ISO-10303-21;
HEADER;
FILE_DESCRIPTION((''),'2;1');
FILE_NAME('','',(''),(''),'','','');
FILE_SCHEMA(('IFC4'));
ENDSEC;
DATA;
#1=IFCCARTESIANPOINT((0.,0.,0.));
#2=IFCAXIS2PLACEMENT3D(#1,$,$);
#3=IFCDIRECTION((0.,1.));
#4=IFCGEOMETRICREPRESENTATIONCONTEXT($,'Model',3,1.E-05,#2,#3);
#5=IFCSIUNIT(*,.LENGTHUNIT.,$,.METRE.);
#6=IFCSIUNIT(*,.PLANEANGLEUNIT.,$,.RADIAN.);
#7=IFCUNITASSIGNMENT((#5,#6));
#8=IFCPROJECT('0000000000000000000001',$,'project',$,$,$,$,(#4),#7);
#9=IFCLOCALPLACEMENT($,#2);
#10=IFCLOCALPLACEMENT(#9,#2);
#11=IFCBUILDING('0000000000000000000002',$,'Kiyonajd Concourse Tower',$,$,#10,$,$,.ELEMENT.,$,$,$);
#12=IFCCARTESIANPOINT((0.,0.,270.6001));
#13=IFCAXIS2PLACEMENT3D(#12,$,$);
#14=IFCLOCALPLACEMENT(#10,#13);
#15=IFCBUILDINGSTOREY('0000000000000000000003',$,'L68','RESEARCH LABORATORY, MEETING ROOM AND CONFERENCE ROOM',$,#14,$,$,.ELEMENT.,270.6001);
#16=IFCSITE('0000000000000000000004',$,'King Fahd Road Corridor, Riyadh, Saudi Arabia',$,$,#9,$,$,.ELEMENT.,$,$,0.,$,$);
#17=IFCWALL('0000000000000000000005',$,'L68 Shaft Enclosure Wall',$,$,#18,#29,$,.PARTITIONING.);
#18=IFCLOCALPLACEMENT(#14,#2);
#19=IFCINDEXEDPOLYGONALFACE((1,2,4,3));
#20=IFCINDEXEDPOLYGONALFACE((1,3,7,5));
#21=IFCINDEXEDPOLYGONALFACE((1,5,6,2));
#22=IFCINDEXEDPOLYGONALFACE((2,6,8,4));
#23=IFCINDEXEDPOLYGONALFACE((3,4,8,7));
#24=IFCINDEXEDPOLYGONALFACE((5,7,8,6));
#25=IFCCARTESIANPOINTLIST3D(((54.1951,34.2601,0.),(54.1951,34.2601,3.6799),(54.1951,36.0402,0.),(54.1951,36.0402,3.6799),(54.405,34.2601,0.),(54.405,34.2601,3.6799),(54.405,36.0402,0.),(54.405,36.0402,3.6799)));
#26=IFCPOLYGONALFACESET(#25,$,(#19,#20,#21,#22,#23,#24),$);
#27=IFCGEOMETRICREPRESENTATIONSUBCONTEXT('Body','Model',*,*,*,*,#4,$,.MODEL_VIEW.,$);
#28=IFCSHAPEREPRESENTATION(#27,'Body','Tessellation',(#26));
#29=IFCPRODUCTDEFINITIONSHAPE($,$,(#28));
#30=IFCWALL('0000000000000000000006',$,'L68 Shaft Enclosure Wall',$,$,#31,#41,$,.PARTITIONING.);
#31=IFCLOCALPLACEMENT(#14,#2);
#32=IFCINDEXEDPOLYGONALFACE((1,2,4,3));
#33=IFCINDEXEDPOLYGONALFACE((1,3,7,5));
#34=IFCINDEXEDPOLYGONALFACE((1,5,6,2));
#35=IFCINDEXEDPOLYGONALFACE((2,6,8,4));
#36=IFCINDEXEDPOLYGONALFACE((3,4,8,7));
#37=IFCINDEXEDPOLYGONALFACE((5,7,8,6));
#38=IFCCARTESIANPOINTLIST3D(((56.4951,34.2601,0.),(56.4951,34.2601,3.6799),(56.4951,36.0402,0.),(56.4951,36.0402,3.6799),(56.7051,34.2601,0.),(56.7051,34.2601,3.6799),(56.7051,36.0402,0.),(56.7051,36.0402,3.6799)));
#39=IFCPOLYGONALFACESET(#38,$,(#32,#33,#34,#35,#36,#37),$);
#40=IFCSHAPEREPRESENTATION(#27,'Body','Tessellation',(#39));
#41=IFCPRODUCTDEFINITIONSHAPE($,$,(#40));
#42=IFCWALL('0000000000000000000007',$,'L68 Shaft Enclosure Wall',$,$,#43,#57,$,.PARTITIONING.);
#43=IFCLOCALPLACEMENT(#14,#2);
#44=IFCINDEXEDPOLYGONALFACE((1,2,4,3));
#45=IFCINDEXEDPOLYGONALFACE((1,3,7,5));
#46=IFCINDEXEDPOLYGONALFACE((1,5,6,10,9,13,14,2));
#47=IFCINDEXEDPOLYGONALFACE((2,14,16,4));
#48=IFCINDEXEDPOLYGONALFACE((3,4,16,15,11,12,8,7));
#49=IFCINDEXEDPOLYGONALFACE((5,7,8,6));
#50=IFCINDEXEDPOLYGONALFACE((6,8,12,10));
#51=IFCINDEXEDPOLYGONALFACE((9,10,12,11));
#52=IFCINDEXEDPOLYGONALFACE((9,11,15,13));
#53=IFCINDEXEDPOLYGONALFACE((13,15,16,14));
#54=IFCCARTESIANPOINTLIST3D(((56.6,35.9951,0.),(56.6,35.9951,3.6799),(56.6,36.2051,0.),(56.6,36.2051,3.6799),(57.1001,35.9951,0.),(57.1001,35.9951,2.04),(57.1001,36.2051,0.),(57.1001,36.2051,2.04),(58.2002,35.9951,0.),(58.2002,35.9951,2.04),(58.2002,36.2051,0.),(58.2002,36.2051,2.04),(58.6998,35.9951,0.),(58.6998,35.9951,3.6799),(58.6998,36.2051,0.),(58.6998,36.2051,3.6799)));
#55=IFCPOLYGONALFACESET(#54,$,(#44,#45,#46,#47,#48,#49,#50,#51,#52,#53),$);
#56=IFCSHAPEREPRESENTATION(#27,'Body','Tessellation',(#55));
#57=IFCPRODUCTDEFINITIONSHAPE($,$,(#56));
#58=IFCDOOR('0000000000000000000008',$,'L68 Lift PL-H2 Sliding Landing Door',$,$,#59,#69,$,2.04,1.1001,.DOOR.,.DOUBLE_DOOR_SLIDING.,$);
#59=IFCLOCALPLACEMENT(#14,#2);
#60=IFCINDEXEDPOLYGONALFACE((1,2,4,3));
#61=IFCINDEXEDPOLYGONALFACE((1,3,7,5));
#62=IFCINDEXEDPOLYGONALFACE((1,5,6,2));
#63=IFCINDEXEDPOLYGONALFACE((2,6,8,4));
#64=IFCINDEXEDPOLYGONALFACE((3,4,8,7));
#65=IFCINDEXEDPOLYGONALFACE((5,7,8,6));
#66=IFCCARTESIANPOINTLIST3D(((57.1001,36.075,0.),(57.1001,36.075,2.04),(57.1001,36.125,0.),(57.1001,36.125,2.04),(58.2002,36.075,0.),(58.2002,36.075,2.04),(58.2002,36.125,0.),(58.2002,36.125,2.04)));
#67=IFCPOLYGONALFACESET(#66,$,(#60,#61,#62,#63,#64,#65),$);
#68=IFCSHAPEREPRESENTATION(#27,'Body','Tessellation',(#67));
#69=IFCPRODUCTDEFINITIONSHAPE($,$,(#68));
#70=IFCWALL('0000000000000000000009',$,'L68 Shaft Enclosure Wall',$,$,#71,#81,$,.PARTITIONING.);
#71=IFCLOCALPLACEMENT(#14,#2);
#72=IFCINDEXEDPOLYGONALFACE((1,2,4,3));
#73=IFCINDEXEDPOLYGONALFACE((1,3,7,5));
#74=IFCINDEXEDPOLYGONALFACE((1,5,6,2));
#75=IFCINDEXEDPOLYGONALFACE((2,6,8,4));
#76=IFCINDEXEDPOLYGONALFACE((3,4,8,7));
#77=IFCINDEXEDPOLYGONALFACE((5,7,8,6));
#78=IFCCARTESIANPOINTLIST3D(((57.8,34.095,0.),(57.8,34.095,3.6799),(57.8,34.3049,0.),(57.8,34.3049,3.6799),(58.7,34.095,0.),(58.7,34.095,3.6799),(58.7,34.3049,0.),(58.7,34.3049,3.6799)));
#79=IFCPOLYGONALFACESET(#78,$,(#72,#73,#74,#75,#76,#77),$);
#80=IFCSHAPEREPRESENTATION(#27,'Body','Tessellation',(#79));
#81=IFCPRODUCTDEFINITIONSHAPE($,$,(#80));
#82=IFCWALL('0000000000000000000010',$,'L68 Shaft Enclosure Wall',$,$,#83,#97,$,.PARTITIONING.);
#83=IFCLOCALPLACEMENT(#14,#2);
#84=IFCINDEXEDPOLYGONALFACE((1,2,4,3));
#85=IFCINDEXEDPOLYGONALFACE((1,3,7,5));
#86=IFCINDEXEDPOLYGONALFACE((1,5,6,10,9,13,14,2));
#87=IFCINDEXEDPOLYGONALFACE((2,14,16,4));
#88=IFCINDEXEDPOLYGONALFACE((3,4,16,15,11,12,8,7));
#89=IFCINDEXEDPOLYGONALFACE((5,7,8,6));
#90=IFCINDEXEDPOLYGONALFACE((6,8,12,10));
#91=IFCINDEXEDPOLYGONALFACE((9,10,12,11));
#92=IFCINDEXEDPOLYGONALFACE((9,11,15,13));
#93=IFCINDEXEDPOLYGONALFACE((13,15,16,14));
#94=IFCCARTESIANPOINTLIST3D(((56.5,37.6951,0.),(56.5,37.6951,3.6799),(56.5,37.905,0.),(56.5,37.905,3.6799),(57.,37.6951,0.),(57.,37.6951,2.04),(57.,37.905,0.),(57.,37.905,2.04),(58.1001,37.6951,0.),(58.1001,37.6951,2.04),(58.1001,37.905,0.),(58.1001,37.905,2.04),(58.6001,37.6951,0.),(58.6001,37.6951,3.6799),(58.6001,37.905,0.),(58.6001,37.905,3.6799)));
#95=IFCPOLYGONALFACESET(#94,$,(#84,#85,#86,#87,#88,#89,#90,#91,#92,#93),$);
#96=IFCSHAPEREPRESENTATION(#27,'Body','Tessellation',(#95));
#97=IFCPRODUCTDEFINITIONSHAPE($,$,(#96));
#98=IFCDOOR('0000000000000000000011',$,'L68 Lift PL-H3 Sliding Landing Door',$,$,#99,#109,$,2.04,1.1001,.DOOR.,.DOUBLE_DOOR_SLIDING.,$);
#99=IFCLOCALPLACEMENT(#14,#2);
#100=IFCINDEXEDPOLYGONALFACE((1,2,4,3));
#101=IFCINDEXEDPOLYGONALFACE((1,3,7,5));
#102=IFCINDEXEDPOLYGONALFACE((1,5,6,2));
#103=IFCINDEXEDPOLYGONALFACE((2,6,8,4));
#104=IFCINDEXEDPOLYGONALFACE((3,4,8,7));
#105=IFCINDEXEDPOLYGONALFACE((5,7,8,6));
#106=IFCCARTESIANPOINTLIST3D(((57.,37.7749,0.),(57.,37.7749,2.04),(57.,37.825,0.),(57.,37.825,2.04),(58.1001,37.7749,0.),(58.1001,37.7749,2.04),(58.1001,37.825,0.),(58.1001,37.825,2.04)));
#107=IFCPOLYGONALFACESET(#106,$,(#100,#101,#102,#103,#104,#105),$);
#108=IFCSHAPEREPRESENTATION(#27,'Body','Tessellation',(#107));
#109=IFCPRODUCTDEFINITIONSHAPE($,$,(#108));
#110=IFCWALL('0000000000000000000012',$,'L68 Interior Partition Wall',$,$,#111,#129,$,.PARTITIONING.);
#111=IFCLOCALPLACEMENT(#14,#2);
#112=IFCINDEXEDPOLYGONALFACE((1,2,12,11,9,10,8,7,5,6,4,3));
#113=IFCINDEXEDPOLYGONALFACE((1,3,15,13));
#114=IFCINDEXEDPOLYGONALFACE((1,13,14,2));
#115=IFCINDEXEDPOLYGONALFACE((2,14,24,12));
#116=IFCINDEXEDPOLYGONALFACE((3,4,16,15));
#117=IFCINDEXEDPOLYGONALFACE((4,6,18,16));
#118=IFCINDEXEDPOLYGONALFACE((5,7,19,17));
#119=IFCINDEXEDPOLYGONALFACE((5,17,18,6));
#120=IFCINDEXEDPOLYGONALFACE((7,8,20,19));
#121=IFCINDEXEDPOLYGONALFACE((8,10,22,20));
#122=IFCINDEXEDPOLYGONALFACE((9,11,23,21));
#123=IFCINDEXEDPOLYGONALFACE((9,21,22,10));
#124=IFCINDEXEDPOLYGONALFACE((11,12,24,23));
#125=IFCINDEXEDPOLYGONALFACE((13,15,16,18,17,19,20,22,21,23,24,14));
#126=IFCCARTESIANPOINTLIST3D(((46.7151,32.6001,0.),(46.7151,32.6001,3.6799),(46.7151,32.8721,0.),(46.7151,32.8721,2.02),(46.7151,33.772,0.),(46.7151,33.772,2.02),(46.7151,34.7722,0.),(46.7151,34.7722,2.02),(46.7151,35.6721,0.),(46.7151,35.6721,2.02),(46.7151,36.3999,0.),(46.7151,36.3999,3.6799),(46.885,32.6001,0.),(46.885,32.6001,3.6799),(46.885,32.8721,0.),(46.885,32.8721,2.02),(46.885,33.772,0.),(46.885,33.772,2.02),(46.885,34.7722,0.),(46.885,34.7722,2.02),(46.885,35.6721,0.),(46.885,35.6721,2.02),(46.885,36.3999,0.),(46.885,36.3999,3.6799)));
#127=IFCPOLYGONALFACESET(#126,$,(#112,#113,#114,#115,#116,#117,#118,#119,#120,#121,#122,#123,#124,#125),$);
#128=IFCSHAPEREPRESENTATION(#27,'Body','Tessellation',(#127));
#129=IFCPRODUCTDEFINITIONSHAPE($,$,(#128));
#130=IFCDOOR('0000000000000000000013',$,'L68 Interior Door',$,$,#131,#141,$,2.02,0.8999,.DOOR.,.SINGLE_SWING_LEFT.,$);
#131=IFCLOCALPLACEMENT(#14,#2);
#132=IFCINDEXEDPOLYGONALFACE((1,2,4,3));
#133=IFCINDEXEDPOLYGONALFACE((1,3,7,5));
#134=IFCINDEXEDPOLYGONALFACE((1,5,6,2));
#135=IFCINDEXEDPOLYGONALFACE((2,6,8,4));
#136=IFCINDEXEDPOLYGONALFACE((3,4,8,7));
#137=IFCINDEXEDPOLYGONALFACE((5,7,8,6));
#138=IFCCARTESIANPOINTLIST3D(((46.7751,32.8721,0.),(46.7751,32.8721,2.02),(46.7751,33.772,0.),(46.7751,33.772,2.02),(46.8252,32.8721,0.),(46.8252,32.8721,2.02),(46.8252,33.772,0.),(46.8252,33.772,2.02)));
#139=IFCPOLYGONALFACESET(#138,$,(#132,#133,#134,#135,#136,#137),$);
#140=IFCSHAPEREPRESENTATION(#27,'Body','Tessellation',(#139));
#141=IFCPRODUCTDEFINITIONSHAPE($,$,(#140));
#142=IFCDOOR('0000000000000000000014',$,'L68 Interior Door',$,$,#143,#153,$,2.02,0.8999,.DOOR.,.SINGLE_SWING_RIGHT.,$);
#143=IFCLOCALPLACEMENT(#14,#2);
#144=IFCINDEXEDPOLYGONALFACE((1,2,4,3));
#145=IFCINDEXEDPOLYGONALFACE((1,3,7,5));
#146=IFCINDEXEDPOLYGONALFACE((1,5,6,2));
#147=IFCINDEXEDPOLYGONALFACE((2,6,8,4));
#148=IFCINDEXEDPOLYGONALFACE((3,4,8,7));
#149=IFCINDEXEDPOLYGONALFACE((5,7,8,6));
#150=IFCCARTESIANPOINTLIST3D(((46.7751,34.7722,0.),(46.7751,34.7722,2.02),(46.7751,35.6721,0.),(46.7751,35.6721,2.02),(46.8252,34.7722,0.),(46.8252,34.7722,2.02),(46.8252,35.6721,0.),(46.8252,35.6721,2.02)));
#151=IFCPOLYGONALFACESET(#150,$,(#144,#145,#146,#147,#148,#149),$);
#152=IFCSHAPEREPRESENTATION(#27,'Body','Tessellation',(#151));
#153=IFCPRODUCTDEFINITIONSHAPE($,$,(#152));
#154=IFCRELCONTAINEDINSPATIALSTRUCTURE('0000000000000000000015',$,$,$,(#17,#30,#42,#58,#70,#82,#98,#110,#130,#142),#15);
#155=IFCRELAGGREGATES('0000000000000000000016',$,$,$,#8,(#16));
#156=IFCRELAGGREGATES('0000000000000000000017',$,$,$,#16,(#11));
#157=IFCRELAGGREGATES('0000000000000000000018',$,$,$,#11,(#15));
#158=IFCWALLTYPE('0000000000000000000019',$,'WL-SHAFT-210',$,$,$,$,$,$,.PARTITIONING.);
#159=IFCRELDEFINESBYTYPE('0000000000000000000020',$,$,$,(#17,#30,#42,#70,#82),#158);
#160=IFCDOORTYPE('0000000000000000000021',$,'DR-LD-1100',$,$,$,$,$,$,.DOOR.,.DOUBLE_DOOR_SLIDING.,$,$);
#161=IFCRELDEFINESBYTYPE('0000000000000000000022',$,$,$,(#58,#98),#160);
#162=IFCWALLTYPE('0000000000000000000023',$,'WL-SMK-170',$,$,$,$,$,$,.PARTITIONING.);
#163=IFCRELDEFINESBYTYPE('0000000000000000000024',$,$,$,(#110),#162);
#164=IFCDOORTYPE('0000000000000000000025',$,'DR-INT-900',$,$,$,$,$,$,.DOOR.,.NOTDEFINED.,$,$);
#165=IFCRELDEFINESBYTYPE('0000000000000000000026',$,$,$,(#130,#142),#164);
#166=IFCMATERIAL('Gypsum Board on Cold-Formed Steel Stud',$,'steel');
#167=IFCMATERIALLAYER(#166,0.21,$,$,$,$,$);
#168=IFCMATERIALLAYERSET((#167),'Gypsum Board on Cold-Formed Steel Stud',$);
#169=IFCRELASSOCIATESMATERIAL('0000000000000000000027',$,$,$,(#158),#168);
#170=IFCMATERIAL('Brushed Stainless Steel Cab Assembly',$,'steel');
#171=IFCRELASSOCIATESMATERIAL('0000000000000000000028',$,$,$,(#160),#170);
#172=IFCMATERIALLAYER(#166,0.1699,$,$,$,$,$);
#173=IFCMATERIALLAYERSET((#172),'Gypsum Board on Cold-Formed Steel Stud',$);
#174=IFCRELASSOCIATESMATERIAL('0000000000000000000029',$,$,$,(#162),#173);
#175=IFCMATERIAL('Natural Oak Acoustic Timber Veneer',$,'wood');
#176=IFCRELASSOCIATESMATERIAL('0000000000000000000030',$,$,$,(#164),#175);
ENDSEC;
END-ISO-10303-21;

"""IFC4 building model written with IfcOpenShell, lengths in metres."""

from ifc_helpers import new_model, si_unit, direction, frame, frame_2d, origin, place, context, subcontext, project, spatial, rectangle, extrude, material, layer, layer_set, type_object, element, fill, save


model = new_model("IFC4")

# Units and contexts
model_context = context("Model", 3, precision=1e-05, world=origin(), true_north=direction((0.0, 1.0)))
body_context = subcontext(model_context, "Body", "Model", "MODEL_VIEW")
ifc_project = project(units=[si_unit("LENGTHUNIT", "METRE"), si_unit("PLANEANGLEUNIT", "RADIAN")], contexts=[model_context])

# Site, building, storey
site_placement = place(None, origin())
site = spatial("IfcSite", under=ifc_project, at=site_placement, Name="King Fahd Road Corridor, Riyadh, Saudi Arabia", CompositionType="ELEMENT", RefElevation=0.0)
building_placement = place(site_placement, origin())
building = spatial("IfcBuilding", under=site, at=building_placement, Name="Kiyonajd Concourse Tower", CompositionType="ELEMENT")
storey_placement = place(building_placement, frame((0.0, 0.0, 270.6001)))
storey = spatial("IfcBuildingStorey", under=building, at=storey_placement, Name="L68", Description="RESEARCH LABORATORY, MEETING ROOM AND CONFERENCE ROOM", CompositionType="ELEMENT", Elevation=270.6001)

# Shared definitions
ifc_material_1 = material(Name="Gypsum Board on Cold-Formed Steel Stud", Category="steel")

# Shared definitions
ifc_layer_1 = layer(ifc_material_1, 0.21)
ifc_layer_set_1 = layer_set([ifc_layer_1], Name="Gypsum Board on Cold-Formed Steel Stud")
wall_type_1 = type_object("IfcWallType", Name="WL-SHAFT-210", PredefinedType="PARTITIONING", material=ifc_layer_set_1)
ifc_material_2 = material(Name="Brushed Stainless Steel Cab Assembly", Category="steel")

# Shared definitions
door_type_1 = type_object("IfcDoorType", Name="DR-LD-1100", OperationType="DOUBLE_DOOR_SLIDING", PredefinedType="DOOR", material=ifc_material_2)

# Walls
for number, where, z_axis, x_axis, name in (
    (1, (54.3, 34.26, 0.0), (0.0, 0.0, 1.0), (0.0, 1.0, 0.0), "L68 Shaft Enclosure Wall"),
    (2, (56.6001, 34.26, 0.0), (0.0, 0.0, 1.0), (0.0, 1.0, 0.0), "L68 Shaft Enclosure Wall"),
):
    element("IfcWall", number, at=place(storey_placement, frame(where, z_axis=z_axis, x_axis=x_axis)), inside=storey, type_object=wall_type_1, Name=name, PredefinedType="PARTITIONING", context=body_context, shape_type="SweptSolid", body=[
        extrude(rectangle(XDim=1.78, YDim=0.21, at=frame_2d((0.8901, 0.0))), origin(), (0.0, 0.0, 1.0), 3.6799),
    ])

# Wall, opening, door
wall_1_placement = place(storey_placement, frame((56.6001, 36.1001, 0.0), z_axis=(0.0, 0.0, 1.0), x_axis=(1.0, 0.0, 0.0)))
wall_1 = element("IfcWall", 3, at=wall_1_placement, inside=storey, type_object=wall_type_1, Name="L68 Shaft Enclosure Wall", PredefinedType="PARTITIONING", context=body_context, shape_type="SweptSolid", body=[
    extrude(rectangle(XDim=2.0999, YDim=0.21, at=frame_2d((1.0498, 0.0))), origin(), (0.0, 0.0, 1.0), 3.6799),
])
opening_1_placement = place(wall_1_placement, frame((0.5, 0.0, 0.0)))
opening_1 = element("IfcOpeningElement", 4, at=opening_1_placement, cuts=wall_1, PredefinedType="OPENING", context=body_context, shape_type="SweptSolid", body=[
    extrude(rectangle(XDim=1.1001, YDim=2.04, at=frame_2d((0.55, 1.02))), frame((0.0, 0.115, 0.0), z_axis=(0.0, -1.0, 0.0), x_axis=(1.0, 0.0, 0.0)), (0.0, 0.0, 1.0), 0.23),
])
door_1_placement = place(opening_1_placement, origin())
door_1 = element("IfcDoor", 5, at=door_1_placement, inside=storey, type_object=door_type_1, Name="L68 Lift PL-H2 Sliding Landing Door", OperationType="DOUBLE_DOOR_SLIDING", OverallHeight=2.04, OverallWidth=1.1001, PredefinedType="DOOR", context=body_context, shape_type="SweptSolid", body=[
    extrude(rectangle(XDim=1.1001, YDim=2.04, at=frame_2d((0.55, 1.02))), frame((0.0, 0.0249, 0.0), z_axis=(0.0, -1.0, 0.0), x_axis=(1.0, 0.0, 0.0)), (0.0, 0.0, 1.0), 0.05),
])
fill(opening_1, door_1)

# Wall
wall_2_placement = place(storey_placement, frame((57.8, 34.2, 0.0), z_axis=(0.0, 0.0, 1.0), x_axis=(1.0, 0.0, 0.0)))
element("IfcWall", 6, at=wall_2_placement, inside=storey, type_object=wall_type_1, Name="L68 Shaft Enclosure Wall", PredefinedType="PARTITIONING", context=body_context, shape_type="SweptSolid", body=[
    extrude(rectangle(XDim=0.8999, YDim=0.21, at=frame_2d((0.45, 0.0))), origin(), (0.0, 0.0, 1.0), 3.6799),
])

# Wall, opening, door
wall_3_placement = place(storey_placement, frame((56.5, 37.8, 0.0), z_axis=(0.0, 0.0, 1.0), x_axis=(1.0, 0.0, 0.0)))
wall_3 = element("IfcWall", 7, at=wall_3_placement, inside=storey, type_object=wall_type_1, Name="L68 Shaft Enclosure Wall", PredefinedType="PARTITIONING", context=body_context, shape_type="SweptSolid", body=[
    extrude(rectangle(XDim=2.1001, YDim=0.21, at=frame_2d((1.05, 0.0))), origin(), (0.0, 0.0, 1.0), 3.6799),
])
opening_2_placement = place(wall_3_placement, frame((0.5, 0.0, 0.0)))
opening_2 = element("IfcOpeningElement", 8, at=opening_2_placement, cuts=wall_3, PredefinedType="OPENING", context=body_context, shape_type="SweptSolid", body=[
    extrude(rectangle(XDim=1.1001, YDim=2.04, at=frame_2d((0.55, 1.02))), frame((0.0, 0.115, 0.0), z_axis=(0.0, -1.0, 0.0), x_axis=(1.0, 0.0, 0.0)), (0.0, 0.0, 1.0), 0.23),
])
door_2_placement = place(opening_2_placement, origin())
door_2 = element("IfcDoor", 9, at=door_2_placement, inside=storey, type_object=door_type_1, Name="L68 Lift PL-H3 Sliding Landing Door", OperationType="DOUBLE_DOOR_SLIDING", OverallHeight=2.04, OverallWidth=1.1001, PredefinedType="DOOR", context=body_context, shape_type="SweptSolid", body=[
    extrude(rectangle(XDim=1.1001, YDim=2.04, at=frame_2d((0.55, 1.02))), frame((0.0, 0.0249, 0.0), z_axis=(0.0, -1.0, 0.0), x_axis=(1.0, 0.0, 0.0)), (0.0, 0.0, 1.0), 0.05),
])
fill(opening_2, door_2)

# Wall, openings, doors
ifc_layer_2 = layer(ifc_material_1, 0.1699)
ifc_layer_set_2 = layer_set([ifc_layer_2], Name="Gypsum Board on Cold-Formed Steel Stud")
wall_type_2 = type_object("IfcWallType", Name="WL-SMK-170", PredefinedType="PARTITIONING", material=ifc_layer_set_2)
wall_4_placement = place(storey_placement, frame((46.8, 32.6001, 0.0), z_axis=(0.0, 0.0, 1.0), x_axis=(0.0, 1.0, 0.0)))
wall_4 = element("IfcWall", 10, at=wall_4_placement, inside=storey, type_object=wall_type_2, Name="L68 Interior Partition Wall", PredefinedType="PARTITIONING", context=body_context, shape_type="SweptSolid", body=[
    extrude(rectangle(XDim=3.7998, YDim=0.1699, at=frame_2d((1.8999, 0.0))), origin(), (0.0, 0.0, 1.0), 3.6799),
])
opening_3_placement = place(wall_4_placement, frame((0.272, 0.0, 0.0)))
opening_3 = element("IfcOpeningElement", 11, at=opening_3_placement, cuts=wall_4, PredefinedType="OPENING", context=body_context, shape_type="SweptSolid", body=[
    extrude(rectangle(XDim=0.8999, YDim=2.02, at=frame_2d((0.45, 1.01))), frame((0.0, 0.095, 0.0), z_axis=(0.0, -1.0, 0.0), x_axis=(1.0, 0.0, 0.0)), (0.0, 0.0, 1.0), 0.1899),
])
opening_4_placement = place(wall_4_placement, frame((2.1721, 0.0, 0.0)))
opening_4 = element("IfcOpeningElement", 12, at=opening_4_placement, cuts=wall_4, PredefinedType="OPENING", context=body_context, shape_type="SweptSolid", body=[
    extrude(rectangle(XDim=0.8999, YDim=2.02, at=frame_2d((0.45, 1.01))), frame((0.0, 0.095, 0.0), z_axis=(0.0, -1.0, 0.0), x_axis=(1.0, 0.0, 0.0)), (0.0, 0.0, 1.0), 0.1899),
])
ifc_material_3 = material(Name="Natural Oak Acoustic Timber Veneer", Category="wood")
door_type_2 = type_object("IfcDoorType", Name="DR-INT-900", OperationType="NOTDEFINED", PredefinedType="DOOR", material=ifc_material_3)
door_3_placement = place(opening_3_placement, origin())
door_3 = element("IfcDoor", 13, at=door_3_placement, inside=storey, type_object=door_type_2, Name="L68 Interior Door", OperationType="SINGLE_SWING_LEFT", OverallHeight=2.02, OverallWidth=0.8999, PredefinedType="DOOR", context=body_context, shape_type="SweptSolid", body=[
    extrude(rectangle(XDim=0.8999, YDim=2.02, at=frame_2d((0.45, 1.01))), frame((0.0, 0.0249, 0.0), z_axis=(0.0, -1.0, 0.0), x_axis=(1.0, 0.0, 0.0)), (0.0, 0.0, 1.0), 0.05),
])
fill(opening_3, door_3)
door_4_placement = place(opening_4_placement, origin())
door_4 = element("IfcDoor", 14, at=door_4_placement, inside=storey, type_object=door_type_2, Name="L68 Interior Door", OperationType="SINGLE_SWING_RIGHT", OverallHeight=2.02, OverallWidth=0.8999, PredefinedType="DOOR", context=body_context, shape_type="SweptSolid", body=[
    extrude(rectangle(XDim=0.8999, YDim=2.02, at=frame_2d((0.45, 1.01))), frame((0.0, 0.0249, 0.0), z_axis=(0.0, -1.0, 0.0), x_axis=(1.0, 0.0, 0.0)), (0.0, 0.0, 1.0), 0.05),
])
fill(opening_4, door_4)

save(model, "model.ifc")
